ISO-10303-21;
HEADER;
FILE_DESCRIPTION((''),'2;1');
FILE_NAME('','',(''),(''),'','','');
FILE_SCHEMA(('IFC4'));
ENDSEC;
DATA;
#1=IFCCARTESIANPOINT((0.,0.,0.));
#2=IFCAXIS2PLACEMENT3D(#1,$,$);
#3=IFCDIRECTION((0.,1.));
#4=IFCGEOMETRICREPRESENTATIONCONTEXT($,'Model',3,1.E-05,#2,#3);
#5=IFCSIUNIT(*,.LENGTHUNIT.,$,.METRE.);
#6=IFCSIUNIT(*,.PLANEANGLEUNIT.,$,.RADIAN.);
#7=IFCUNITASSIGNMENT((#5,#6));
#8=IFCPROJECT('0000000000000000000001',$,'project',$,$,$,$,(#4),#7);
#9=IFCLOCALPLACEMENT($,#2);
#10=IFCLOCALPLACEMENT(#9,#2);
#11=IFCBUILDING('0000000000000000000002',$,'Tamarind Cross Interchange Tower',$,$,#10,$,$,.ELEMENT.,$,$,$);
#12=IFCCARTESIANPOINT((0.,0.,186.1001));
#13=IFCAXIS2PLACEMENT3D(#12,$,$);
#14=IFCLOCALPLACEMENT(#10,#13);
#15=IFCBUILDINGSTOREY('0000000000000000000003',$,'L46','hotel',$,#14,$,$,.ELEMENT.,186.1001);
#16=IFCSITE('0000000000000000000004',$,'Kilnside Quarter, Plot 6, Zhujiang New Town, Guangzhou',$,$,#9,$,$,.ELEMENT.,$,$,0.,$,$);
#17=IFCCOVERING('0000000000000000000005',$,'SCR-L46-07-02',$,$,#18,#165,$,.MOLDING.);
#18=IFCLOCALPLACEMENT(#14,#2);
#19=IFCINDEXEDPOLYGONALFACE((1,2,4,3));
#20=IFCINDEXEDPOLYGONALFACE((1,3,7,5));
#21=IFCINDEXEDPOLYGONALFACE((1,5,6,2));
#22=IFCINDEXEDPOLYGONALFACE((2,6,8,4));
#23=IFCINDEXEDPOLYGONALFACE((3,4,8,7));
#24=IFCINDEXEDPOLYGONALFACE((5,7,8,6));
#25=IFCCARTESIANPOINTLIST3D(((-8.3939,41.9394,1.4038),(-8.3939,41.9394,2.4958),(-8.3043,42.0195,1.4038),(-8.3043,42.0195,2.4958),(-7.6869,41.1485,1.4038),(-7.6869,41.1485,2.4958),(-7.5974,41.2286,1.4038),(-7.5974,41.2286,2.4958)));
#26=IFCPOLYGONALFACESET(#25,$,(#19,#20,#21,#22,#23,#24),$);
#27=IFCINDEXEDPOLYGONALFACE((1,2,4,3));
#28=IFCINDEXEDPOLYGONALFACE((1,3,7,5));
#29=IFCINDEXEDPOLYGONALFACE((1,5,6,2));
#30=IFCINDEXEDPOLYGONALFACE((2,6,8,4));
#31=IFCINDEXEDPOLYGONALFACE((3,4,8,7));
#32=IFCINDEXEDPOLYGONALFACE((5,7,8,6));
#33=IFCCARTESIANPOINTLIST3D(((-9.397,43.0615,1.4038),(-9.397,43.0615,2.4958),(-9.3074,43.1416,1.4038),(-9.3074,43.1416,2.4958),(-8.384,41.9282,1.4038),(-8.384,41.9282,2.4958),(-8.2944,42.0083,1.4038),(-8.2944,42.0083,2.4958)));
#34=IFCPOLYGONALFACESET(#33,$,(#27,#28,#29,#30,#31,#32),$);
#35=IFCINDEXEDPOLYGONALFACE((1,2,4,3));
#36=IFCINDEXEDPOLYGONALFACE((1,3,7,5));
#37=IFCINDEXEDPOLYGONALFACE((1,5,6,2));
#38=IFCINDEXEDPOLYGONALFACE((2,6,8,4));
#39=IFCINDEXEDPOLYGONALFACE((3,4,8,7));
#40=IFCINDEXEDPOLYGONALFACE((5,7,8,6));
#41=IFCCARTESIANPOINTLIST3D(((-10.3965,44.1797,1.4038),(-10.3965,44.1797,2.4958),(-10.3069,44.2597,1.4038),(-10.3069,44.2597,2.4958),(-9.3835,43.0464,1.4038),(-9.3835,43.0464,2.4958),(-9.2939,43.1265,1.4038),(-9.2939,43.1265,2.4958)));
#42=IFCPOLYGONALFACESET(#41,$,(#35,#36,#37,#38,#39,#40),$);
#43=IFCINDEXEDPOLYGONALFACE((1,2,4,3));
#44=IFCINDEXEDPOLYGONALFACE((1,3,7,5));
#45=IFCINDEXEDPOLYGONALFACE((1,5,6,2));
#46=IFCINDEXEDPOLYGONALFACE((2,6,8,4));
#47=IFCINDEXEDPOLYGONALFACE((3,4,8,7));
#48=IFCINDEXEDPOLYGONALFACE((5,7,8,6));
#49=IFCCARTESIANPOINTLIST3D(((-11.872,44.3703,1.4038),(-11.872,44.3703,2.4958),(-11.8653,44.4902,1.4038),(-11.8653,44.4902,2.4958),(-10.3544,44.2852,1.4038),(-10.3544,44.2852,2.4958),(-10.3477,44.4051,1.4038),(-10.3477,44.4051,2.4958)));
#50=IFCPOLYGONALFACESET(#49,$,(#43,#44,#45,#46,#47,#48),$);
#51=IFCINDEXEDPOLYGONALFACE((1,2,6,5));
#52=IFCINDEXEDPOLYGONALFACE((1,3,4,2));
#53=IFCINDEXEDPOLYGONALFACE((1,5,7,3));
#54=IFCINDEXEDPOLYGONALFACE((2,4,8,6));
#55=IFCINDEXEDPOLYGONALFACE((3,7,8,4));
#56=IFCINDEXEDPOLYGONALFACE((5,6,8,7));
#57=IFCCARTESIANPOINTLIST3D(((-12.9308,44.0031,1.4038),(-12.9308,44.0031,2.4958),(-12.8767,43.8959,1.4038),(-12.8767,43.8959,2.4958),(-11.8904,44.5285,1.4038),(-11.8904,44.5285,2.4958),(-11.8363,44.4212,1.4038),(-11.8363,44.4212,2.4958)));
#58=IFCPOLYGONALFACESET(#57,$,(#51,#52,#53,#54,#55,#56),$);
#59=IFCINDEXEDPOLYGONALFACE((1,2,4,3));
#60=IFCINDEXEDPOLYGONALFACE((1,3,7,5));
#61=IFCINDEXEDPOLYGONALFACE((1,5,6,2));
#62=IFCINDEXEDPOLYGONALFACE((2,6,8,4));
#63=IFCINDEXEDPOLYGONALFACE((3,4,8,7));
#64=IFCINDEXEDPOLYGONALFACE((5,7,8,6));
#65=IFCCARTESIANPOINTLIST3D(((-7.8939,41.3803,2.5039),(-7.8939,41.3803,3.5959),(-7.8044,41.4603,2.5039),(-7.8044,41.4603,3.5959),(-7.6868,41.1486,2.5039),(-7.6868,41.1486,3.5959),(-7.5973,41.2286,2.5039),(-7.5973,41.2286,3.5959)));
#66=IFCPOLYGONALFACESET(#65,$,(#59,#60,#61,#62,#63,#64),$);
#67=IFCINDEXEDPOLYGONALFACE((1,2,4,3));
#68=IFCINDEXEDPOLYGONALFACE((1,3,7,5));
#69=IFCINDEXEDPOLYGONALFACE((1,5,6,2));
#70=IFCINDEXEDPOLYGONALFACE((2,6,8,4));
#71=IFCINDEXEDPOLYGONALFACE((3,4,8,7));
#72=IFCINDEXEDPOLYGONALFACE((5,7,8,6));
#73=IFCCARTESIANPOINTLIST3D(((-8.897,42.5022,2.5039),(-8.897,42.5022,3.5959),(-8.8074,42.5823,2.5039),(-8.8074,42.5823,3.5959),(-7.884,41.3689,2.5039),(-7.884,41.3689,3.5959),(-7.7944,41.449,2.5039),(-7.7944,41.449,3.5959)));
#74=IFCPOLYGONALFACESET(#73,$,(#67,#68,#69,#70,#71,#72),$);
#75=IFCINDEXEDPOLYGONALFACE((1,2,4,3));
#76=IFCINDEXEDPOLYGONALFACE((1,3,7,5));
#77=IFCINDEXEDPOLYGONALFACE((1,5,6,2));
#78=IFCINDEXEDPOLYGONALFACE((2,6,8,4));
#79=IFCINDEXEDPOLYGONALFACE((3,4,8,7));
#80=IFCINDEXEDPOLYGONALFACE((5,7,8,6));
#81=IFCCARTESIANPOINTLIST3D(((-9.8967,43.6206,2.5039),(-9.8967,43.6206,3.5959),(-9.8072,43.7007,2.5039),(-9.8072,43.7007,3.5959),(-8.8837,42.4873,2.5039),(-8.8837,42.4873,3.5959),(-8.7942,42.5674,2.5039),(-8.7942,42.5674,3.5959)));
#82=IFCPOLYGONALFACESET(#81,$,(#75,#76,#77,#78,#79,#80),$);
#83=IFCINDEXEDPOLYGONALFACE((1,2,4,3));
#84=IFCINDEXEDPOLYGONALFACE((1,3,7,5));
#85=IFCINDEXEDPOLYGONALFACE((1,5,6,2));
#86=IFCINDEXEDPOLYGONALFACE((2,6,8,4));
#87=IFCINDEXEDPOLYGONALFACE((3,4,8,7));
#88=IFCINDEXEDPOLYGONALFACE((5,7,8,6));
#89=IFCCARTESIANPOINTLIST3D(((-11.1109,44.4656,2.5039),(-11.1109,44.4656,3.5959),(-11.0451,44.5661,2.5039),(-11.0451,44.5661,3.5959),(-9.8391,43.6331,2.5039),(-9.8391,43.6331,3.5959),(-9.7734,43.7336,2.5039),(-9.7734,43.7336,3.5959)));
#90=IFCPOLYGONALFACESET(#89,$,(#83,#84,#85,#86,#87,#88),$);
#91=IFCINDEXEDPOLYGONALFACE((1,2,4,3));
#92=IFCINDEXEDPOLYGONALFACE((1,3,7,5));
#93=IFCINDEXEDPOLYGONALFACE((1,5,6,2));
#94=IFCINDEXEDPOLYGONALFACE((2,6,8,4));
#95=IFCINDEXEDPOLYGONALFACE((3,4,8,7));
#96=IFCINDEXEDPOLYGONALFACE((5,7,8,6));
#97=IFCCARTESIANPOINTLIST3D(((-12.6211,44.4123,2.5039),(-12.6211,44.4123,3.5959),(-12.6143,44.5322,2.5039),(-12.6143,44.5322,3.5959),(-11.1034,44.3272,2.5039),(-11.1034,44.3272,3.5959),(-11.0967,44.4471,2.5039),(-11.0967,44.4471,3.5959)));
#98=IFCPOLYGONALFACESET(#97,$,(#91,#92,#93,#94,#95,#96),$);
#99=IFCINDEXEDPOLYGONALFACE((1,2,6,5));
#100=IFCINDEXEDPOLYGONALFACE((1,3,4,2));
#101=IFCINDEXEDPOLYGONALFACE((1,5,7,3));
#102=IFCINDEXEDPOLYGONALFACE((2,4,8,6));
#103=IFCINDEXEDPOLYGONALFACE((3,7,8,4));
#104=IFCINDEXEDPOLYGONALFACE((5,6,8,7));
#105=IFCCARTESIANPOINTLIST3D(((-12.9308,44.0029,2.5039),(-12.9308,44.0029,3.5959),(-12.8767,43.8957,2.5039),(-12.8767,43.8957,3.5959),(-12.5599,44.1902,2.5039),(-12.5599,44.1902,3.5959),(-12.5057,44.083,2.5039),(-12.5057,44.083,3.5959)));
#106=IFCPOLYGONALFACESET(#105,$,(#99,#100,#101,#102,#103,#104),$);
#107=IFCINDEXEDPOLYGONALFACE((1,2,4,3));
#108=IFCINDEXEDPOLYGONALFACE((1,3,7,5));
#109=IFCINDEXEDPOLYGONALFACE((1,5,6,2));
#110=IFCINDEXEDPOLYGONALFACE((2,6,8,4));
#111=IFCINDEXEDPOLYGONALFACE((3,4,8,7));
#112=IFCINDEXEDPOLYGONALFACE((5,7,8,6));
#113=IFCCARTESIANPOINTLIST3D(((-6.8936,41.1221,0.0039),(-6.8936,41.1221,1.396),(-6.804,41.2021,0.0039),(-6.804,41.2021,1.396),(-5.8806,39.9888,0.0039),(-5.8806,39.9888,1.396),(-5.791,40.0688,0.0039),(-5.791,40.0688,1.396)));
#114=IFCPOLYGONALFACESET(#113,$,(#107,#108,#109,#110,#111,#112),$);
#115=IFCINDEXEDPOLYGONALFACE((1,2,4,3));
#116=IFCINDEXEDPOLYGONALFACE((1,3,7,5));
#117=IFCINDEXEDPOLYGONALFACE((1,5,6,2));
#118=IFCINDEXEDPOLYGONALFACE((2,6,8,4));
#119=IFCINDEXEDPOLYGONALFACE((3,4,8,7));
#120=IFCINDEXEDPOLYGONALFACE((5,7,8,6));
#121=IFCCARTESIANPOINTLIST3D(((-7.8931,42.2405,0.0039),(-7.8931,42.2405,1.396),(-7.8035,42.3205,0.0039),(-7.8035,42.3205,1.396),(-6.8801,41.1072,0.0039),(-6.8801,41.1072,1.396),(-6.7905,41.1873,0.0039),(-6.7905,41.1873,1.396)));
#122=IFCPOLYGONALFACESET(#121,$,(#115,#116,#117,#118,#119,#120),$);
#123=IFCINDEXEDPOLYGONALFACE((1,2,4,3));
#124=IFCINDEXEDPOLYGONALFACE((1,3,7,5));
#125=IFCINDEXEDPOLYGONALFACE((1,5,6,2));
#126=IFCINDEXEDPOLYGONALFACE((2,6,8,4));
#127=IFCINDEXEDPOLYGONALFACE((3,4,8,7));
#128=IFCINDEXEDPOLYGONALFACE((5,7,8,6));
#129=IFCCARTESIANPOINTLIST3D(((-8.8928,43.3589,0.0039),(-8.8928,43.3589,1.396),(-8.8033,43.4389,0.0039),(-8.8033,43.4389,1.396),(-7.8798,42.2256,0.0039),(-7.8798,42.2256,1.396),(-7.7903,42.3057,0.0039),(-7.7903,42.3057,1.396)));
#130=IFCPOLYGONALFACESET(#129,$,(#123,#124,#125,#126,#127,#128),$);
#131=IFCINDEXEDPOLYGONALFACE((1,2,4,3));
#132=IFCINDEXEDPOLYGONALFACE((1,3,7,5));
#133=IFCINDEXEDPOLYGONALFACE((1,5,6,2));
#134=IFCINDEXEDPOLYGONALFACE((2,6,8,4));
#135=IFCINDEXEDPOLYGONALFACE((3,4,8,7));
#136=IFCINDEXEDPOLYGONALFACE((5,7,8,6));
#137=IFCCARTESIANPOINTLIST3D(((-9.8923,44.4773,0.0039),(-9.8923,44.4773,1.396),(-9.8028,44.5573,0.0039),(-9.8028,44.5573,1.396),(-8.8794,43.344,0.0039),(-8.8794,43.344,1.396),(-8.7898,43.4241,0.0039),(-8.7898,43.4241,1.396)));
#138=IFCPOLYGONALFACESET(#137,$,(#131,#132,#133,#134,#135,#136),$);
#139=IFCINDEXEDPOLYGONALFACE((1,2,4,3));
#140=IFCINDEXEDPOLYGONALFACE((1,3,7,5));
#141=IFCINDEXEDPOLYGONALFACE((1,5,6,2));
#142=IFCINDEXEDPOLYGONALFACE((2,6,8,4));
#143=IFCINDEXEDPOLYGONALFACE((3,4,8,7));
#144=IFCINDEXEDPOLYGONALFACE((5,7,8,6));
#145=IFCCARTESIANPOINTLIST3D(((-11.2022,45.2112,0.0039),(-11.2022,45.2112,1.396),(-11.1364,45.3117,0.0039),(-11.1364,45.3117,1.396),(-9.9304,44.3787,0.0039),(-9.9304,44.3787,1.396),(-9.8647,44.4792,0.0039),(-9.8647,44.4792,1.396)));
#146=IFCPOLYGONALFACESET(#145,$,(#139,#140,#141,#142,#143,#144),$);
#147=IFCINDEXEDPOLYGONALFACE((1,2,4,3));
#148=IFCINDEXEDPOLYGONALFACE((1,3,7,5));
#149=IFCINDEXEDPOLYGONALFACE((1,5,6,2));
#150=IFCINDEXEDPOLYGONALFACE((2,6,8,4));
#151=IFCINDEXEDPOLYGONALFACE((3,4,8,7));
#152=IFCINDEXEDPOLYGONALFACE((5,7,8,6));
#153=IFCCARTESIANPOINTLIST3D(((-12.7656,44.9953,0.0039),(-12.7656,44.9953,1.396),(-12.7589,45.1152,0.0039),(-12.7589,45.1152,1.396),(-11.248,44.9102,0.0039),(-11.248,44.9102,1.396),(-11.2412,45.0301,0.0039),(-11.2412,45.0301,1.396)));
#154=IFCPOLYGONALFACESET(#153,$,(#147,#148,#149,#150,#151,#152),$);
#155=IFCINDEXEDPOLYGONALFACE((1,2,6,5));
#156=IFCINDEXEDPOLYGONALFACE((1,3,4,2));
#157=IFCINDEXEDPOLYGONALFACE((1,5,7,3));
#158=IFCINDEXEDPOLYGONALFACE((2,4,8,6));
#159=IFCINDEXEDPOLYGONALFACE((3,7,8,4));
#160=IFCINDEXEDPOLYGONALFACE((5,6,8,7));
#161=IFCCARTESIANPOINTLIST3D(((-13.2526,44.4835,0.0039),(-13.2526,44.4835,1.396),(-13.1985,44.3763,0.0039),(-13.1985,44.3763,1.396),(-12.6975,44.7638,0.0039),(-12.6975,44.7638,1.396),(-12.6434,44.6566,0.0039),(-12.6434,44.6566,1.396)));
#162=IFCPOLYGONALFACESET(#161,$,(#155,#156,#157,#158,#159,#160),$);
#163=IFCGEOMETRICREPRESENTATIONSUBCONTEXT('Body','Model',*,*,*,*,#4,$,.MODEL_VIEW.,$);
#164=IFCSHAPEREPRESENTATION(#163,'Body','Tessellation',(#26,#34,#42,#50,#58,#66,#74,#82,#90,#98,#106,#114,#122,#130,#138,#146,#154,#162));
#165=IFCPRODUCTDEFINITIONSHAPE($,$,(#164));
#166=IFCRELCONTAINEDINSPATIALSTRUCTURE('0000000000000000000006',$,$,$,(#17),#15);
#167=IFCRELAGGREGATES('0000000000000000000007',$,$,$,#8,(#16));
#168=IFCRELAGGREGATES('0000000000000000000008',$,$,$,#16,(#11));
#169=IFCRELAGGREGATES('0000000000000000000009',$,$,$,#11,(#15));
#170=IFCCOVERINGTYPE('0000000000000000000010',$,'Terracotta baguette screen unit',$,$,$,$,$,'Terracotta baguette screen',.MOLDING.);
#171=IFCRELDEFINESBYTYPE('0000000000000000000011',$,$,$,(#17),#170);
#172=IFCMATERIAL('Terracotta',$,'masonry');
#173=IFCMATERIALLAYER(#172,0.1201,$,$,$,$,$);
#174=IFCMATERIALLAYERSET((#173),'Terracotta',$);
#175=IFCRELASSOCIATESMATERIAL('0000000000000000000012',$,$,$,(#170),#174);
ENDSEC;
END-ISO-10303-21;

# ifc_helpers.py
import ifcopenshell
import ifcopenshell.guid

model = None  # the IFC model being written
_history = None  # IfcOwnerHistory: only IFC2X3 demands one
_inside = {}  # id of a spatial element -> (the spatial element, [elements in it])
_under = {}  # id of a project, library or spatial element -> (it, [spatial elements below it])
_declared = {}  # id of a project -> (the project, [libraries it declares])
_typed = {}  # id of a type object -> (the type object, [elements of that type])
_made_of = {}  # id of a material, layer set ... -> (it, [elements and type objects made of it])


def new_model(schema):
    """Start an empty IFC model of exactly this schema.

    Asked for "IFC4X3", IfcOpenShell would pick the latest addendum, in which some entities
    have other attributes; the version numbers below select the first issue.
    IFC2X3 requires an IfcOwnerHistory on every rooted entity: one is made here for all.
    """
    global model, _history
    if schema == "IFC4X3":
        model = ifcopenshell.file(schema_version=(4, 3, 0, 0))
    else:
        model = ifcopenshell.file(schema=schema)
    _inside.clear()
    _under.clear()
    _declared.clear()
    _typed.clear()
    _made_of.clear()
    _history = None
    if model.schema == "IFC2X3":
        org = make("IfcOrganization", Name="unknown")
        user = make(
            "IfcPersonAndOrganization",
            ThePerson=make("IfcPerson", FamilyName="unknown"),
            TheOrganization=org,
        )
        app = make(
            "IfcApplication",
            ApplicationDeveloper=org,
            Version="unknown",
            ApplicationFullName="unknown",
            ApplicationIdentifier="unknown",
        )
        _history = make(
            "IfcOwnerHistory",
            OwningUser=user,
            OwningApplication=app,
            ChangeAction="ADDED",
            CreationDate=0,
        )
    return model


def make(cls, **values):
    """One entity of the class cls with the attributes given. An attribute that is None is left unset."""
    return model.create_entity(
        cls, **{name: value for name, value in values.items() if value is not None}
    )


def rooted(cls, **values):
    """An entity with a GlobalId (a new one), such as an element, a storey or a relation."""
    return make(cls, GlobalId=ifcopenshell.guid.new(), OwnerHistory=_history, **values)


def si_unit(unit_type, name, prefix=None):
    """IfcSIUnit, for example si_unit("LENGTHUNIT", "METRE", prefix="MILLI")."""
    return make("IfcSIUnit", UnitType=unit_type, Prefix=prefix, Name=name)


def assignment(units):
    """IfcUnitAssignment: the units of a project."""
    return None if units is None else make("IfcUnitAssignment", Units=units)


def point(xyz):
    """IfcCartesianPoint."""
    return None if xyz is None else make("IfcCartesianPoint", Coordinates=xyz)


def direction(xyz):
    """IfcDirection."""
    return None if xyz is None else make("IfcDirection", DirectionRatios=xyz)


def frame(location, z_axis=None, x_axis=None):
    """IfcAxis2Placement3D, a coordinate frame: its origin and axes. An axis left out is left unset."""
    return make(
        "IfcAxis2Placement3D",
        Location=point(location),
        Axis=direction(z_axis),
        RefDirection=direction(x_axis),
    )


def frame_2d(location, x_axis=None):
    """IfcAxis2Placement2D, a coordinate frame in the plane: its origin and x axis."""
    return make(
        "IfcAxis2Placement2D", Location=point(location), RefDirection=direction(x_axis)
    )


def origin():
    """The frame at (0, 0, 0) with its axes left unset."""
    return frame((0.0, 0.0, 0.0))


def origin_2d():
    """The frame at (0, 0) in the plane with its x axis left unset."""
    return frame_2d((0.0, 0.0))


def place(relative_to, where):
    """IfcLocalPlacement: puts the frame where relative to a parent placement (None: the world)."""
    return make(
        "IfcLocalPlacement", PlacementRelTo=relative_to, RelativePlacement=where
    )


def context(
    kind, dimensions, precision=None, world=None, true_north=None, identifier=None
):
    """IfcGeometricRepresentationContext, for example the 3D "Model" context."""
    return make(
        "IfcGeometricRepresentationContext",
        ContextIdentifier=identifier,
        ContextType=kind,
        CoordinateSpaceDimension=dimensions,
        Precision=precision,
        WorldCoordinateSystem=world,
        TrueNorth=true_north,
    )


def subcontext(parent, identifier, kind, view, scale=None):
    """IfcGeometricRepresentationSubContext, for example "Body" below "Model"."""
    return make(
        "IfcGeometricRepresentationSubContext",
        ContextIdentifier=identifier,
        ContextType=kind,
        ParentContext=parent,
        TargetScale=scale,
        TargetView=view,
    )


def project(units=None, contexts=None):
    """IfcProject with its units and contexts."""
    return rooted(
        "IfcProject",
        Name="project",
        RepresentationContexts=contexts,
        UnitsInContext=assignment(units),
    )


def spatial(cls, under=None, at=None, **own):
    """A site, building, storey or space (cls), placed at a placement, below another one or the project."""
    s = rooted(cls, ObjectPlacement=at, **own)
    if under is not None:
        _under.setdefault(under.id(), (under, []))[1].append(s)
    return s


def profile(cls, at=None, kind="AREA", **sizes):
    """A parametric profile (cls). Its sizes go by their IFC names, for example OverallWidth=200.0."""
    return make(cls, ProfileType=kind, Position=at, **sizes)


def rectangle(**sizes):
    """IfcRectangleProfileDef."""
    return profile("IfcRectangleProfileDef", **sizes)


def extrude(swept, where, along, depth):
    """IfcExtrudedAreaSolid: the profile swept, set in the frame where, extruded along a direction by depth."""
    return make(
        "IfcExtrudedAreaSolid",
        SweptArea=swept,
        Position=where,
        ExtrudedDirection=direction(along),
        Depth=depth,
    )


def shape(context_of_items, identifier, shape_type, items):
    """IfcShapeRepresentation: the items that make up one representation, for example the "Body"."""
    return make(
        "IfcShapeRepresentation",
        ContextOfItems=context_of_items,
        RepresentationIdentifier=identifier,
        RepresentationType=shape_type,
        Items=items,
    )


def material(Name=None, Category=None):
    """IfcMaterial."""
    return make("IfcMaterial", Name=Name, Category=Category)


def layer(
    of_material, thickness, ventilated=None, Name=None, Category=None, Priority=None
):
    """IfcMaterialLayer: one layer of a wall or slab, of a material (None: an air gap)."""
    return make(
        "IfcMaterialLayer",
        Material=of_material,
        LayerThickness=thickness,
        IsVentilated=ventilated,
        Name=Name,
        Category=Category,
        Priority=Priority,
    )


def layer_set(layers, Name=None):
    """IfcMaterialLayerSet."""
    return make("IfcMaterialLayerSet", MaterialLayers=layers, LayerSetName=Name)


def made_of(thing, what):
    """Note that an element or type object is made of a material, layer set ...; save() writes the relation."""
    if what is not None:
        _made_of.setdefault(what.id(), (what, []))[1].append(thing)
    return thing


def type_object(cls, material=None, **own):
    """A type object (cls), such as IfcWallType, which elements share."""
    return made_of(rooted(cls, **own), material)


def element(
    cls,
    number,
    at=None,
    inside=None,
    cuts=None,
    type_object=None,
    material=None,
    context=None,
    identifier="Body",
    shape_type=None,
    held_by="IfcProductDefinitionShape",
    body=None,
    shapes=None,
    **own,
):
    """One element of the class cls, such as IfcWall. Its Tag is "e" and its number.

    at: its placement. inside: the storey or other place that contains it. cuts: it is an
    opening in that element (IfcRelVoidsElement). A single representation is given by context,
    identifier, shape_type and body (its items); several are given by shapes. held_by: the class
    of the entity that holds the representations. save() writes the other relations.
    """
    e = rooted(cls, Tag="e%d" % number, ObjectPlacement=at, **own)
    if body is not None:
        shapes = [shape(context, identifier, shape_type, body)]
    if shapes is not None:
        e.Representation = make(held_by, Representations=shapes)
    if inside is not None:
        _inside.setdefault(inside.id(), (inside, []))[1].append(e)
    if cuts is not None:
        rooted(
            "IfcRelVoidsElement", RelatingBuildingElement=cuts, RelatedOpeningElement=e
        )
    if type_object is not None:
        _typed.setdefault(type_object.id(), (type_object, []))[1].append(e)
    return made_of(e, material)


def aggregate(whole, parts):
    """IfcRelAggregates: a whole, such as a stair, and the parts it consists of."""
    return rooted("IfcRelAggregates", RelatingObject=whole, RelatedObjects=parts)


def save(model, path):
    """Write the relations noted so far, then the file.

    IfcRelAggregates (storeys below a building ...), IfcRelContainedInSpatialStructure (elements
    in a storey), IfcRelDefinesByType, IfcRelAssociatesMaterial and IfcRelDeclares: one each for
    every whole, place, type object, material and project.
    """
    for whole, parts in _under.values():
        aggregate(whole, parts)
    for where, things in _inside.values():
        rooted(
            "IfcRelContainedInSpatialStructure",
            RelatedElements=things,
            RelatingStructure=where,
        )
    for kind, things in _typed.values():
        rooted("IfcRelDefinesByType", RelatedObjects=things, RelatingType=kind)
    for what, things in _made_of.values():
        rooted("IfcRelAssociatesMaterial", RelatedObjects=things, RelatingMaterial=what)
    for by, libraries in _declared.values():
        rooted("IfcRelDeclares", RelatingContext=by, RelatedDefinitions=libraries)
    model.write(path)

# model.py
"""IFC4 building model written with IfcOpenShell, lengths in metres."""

from ifc_helpers import new_model, si_unit, direction, frame, origin, origin_2d, place, context, subcontext, project, spatial, rectangle, extrude, material, layer, layer_set, type_object, element, save


model = new_model("IFC4")

# Units and contexts
model_context = context("Model", 3, precision=1e-05, world=origin(), true_north=direction((0.0, 1.0)))
body_context = subcontext(model_context, "Body", "Model", "MODEL_VIEW")
ifc_project = project(units=[si_unit("LENGTHUNIT", "METRE"), si_unit("PLANEANGLEUNIT", "RADIAN")], contexts=[model_context])

# Site, building, storey
site_placement = place(None, origin())
site = spatial("IfcSite", under=ifc_project, at=site_placement, Name="Kilnside Quarter, Plot 6, Zhujiang New Town, Guangzhou", CompositionType="ELEMENT", RefElevation=0.0)
building_placement = place(site_placement, origin())
building = spatial("IfcBuilding", under=site, at=building_placement, Name="Tamarind Cross Interchange Tower", CompositionType="ELEMENT")
storey_placement = place(building_placement, frame((0.0, 0.0, 186.1001)))
storey = spatial("IfcBuildingStorey", under=building, at=storey_placement, Name="L46", Description="hotel", CompositionType="ELEMENT", Elevation=186.1001)

# Covering
ifc_material_1 = material(Name="Terracotta", Category="masonry")
ifc_layer_1 = layer(ifc_material_1, 0.1201)
ifc_layer_set_1 = layer_set([ifc_layer_1], Name="Terracotta")
covering_type = type_object("IfcCoveringType", Name="Terracotta baguette screen unit", ElementType="Terracotta baguette screen", PredefinedType="MOLDING", material=ifc_layer_set_1)
covering_1_placement = place(storey_placement, origin())
element("IfcCovering", 1, at=covering_1_placement, inside=storey, type_object=covering_type, Name="SCR-L46-07-02", PredefinedType="MOLDING", context=body_context, shape_type="SweptSolid", body=[
    extrude(rectangle(XDim=1.0608, YDim=0.1201, at=origin_2d()), frame((-7.9956, 41.584, 1.4038), z_axis=(0.0, 0.0, 1.0), x_axis=(-0.666428, 0.745569, 0.0)), (0.0, 0.0, 1.0), 1.092),
    extrude(rectangle(XDim=1.52, YDim=0.1201, at=origin_2d()), frame((-8.8457, 42.5349, 1.4038), z_axis=(0.0, 0.0, 1.0), x_axis=(-0.666428, 0.745569, 0.0)), (0.0, 0.0, 1.0), 1.092),
    extrude(rectangle(XDim=1.52, YDim=0.1201, at=origin_2d()), frame((-9.8452, 43.6531, 1.4038), z_axis=(0.0, 0.0, 1.0), x_axis=(-0.666428, 0.745569, 0.0)), (0.0, 0.0, 1.0), 1.092),
    extrude(rectangle(XDim=1.52, YDim=0.1201, at=origin_2d()), frame((-11.1099, 44.3877, 1.4038), z_axis=(0.0, 0.0, 1.0), x_axis=(-0.998433, 0.055961, 0.0)), (0.0, 0.0, 1.0), 1.092),
    extrude(rectangle(XDim=1.1655, YDim=0.1201, at=origin_2d()), frame((-12.3835, 44.2122, 1.4038), z_axis=(0.0, 0.0, 1.0), x_axis=(-0.892649, -0.450753, 0.0)), (0.0, 0.0, 1.0), 1.092),
    extrude(rectangle(XDim=0.3108, YDim=0.1201, at=origin_2d()), frame((-7.7456, 41.3044, 2.5039), z_axis=(0.0, 0.0, 1.0), x_axis=(-0.666428, 0.745569, 0.0)), (0.0, 0.0, 1.0), 1.092),
    extrude(rectangle(XDim=1.52, YDim=0.1201, at=origin_2d()), frame((-8.3457, 41.9756, 2.5039), z_axis=(0.0, 0.0, 1.0), x_axis=(-0.666428, 0.745569, 0.0)), (0.0, 0.0, 1.0), 1.092),
    extrude(rectangle(XDim=1.52, YDim=0.1201, at=origin_2d()), frame((-9.3455, 43.094, 2.5039), z_axis=(0.0, 0.0, 1.0), x_axis=(-0.666428, 0.745569, 0.0)), (0.0, 0.0, 1.0), 1.092),
    extrude(rectangle(XDim=1.52, YDim=0.1201, at=origin_2d()), frame((-10.4421, 44.0996, 2.5039), z_axis=(0.0, 0.0, 1.0), x_axis=(-0.836688, 0.54768, 0.0)), (0.0, 0.0, 1.0), 1.092),
    extrude(rectangle(XDim=1.52, YDim=0.1201, at=origin_2d()), frame((-11.8589, 44.4297, 2.5039), z_axis=(0.0, 0.0, 1.0), x_axis=(-0.998433, 0.055961, 0.0)), (0.0, 0.0, 1.0), 1.092),
    extrude(rectangle(XDim=0.4155, YDim=0.1201, at=origin_2d()), frame((-12.7183, 44.043, 2.5039), z_axis=(0.0, 0.0, 1.0), x_axis=(-0.892649, -0.450753, 0.0)), (0.0, 0.0, 1.0), 1.092),
    extrude(rectangle(XDim=1.52, YDim=0.1201, at=origin_2d()), frame((-6.3423, 40.5955, 0.0039), z_axis=(0.0, 0.0, 1.0), x_axis=(-0.666428, 0.745569, 0.0)), (0.0, 0.0, 1.0), 1.3921),
    extrude(rectangle(XDim=1.52, YDim=0.1201, at=origin_2d()), frame((-7.3418, 41.7139, 0.0039), z_axis=(0.0, 0.0, 1.0), x_axis=(-0.666428, 0.745569, 0.0)), (0.0, 0.0, 1.0), 1.3921),
    extrude(rectangle(XDim=1.52, YDim=0.1201, at=origin_2d()), frame((-8.3416, 42.8323, 0.0039), z_axis=(0.0, 0.0, 1.0), x_axis=(-0.666428, 0.745569, 0.0)), (0.0, 0.0, 1.0), 1.3921),
    extrude(rectangle(XDim=1.52, YDim=0.1201, at=origin_2d()), frame((-9.3411, 43.9507, 0.0039), z_axis=(0.0, 0.0, 1.0), x_axis=(-0.666428, 0.745569, 0.0)), (0.0, 0.0, 1.0), 1.3921),
    extrude(rectangle(XDim=1.52, YDim=0.1201, at=origin_2d()), frame((-10.5334, 44.8452, 0.0039), z_axis=(0.0, 0.0, 1.0), x_axis=(-0.836688, 0.54768, 0.0)), (0.0, 0.0, 1.0), 1.3921),
    extrude(rectangle(XDim=1.52, YDim=0.1201, at=origin_2d()), frame((-12.0034, 45.0127, 0.0039), z_axis=(0.0, 0.0, 1.0), x_axis=(-0.998433, 0.055961, 0.0)), (0.0, 0.0, 1.0), 1.3921),
    extrude(rectangle(XDim=0.6218, YDim=0.1201, at=origin_2d()), frame((-12.948, 44.5701, 0.0039), z_axis=(0.0, 0.0, 1.0), x_axis=(-0.892649, -0.450753, 0.0)), (0.0, 0.0, 1.0), 1.3921),
])

save(model, "model.ifc")
